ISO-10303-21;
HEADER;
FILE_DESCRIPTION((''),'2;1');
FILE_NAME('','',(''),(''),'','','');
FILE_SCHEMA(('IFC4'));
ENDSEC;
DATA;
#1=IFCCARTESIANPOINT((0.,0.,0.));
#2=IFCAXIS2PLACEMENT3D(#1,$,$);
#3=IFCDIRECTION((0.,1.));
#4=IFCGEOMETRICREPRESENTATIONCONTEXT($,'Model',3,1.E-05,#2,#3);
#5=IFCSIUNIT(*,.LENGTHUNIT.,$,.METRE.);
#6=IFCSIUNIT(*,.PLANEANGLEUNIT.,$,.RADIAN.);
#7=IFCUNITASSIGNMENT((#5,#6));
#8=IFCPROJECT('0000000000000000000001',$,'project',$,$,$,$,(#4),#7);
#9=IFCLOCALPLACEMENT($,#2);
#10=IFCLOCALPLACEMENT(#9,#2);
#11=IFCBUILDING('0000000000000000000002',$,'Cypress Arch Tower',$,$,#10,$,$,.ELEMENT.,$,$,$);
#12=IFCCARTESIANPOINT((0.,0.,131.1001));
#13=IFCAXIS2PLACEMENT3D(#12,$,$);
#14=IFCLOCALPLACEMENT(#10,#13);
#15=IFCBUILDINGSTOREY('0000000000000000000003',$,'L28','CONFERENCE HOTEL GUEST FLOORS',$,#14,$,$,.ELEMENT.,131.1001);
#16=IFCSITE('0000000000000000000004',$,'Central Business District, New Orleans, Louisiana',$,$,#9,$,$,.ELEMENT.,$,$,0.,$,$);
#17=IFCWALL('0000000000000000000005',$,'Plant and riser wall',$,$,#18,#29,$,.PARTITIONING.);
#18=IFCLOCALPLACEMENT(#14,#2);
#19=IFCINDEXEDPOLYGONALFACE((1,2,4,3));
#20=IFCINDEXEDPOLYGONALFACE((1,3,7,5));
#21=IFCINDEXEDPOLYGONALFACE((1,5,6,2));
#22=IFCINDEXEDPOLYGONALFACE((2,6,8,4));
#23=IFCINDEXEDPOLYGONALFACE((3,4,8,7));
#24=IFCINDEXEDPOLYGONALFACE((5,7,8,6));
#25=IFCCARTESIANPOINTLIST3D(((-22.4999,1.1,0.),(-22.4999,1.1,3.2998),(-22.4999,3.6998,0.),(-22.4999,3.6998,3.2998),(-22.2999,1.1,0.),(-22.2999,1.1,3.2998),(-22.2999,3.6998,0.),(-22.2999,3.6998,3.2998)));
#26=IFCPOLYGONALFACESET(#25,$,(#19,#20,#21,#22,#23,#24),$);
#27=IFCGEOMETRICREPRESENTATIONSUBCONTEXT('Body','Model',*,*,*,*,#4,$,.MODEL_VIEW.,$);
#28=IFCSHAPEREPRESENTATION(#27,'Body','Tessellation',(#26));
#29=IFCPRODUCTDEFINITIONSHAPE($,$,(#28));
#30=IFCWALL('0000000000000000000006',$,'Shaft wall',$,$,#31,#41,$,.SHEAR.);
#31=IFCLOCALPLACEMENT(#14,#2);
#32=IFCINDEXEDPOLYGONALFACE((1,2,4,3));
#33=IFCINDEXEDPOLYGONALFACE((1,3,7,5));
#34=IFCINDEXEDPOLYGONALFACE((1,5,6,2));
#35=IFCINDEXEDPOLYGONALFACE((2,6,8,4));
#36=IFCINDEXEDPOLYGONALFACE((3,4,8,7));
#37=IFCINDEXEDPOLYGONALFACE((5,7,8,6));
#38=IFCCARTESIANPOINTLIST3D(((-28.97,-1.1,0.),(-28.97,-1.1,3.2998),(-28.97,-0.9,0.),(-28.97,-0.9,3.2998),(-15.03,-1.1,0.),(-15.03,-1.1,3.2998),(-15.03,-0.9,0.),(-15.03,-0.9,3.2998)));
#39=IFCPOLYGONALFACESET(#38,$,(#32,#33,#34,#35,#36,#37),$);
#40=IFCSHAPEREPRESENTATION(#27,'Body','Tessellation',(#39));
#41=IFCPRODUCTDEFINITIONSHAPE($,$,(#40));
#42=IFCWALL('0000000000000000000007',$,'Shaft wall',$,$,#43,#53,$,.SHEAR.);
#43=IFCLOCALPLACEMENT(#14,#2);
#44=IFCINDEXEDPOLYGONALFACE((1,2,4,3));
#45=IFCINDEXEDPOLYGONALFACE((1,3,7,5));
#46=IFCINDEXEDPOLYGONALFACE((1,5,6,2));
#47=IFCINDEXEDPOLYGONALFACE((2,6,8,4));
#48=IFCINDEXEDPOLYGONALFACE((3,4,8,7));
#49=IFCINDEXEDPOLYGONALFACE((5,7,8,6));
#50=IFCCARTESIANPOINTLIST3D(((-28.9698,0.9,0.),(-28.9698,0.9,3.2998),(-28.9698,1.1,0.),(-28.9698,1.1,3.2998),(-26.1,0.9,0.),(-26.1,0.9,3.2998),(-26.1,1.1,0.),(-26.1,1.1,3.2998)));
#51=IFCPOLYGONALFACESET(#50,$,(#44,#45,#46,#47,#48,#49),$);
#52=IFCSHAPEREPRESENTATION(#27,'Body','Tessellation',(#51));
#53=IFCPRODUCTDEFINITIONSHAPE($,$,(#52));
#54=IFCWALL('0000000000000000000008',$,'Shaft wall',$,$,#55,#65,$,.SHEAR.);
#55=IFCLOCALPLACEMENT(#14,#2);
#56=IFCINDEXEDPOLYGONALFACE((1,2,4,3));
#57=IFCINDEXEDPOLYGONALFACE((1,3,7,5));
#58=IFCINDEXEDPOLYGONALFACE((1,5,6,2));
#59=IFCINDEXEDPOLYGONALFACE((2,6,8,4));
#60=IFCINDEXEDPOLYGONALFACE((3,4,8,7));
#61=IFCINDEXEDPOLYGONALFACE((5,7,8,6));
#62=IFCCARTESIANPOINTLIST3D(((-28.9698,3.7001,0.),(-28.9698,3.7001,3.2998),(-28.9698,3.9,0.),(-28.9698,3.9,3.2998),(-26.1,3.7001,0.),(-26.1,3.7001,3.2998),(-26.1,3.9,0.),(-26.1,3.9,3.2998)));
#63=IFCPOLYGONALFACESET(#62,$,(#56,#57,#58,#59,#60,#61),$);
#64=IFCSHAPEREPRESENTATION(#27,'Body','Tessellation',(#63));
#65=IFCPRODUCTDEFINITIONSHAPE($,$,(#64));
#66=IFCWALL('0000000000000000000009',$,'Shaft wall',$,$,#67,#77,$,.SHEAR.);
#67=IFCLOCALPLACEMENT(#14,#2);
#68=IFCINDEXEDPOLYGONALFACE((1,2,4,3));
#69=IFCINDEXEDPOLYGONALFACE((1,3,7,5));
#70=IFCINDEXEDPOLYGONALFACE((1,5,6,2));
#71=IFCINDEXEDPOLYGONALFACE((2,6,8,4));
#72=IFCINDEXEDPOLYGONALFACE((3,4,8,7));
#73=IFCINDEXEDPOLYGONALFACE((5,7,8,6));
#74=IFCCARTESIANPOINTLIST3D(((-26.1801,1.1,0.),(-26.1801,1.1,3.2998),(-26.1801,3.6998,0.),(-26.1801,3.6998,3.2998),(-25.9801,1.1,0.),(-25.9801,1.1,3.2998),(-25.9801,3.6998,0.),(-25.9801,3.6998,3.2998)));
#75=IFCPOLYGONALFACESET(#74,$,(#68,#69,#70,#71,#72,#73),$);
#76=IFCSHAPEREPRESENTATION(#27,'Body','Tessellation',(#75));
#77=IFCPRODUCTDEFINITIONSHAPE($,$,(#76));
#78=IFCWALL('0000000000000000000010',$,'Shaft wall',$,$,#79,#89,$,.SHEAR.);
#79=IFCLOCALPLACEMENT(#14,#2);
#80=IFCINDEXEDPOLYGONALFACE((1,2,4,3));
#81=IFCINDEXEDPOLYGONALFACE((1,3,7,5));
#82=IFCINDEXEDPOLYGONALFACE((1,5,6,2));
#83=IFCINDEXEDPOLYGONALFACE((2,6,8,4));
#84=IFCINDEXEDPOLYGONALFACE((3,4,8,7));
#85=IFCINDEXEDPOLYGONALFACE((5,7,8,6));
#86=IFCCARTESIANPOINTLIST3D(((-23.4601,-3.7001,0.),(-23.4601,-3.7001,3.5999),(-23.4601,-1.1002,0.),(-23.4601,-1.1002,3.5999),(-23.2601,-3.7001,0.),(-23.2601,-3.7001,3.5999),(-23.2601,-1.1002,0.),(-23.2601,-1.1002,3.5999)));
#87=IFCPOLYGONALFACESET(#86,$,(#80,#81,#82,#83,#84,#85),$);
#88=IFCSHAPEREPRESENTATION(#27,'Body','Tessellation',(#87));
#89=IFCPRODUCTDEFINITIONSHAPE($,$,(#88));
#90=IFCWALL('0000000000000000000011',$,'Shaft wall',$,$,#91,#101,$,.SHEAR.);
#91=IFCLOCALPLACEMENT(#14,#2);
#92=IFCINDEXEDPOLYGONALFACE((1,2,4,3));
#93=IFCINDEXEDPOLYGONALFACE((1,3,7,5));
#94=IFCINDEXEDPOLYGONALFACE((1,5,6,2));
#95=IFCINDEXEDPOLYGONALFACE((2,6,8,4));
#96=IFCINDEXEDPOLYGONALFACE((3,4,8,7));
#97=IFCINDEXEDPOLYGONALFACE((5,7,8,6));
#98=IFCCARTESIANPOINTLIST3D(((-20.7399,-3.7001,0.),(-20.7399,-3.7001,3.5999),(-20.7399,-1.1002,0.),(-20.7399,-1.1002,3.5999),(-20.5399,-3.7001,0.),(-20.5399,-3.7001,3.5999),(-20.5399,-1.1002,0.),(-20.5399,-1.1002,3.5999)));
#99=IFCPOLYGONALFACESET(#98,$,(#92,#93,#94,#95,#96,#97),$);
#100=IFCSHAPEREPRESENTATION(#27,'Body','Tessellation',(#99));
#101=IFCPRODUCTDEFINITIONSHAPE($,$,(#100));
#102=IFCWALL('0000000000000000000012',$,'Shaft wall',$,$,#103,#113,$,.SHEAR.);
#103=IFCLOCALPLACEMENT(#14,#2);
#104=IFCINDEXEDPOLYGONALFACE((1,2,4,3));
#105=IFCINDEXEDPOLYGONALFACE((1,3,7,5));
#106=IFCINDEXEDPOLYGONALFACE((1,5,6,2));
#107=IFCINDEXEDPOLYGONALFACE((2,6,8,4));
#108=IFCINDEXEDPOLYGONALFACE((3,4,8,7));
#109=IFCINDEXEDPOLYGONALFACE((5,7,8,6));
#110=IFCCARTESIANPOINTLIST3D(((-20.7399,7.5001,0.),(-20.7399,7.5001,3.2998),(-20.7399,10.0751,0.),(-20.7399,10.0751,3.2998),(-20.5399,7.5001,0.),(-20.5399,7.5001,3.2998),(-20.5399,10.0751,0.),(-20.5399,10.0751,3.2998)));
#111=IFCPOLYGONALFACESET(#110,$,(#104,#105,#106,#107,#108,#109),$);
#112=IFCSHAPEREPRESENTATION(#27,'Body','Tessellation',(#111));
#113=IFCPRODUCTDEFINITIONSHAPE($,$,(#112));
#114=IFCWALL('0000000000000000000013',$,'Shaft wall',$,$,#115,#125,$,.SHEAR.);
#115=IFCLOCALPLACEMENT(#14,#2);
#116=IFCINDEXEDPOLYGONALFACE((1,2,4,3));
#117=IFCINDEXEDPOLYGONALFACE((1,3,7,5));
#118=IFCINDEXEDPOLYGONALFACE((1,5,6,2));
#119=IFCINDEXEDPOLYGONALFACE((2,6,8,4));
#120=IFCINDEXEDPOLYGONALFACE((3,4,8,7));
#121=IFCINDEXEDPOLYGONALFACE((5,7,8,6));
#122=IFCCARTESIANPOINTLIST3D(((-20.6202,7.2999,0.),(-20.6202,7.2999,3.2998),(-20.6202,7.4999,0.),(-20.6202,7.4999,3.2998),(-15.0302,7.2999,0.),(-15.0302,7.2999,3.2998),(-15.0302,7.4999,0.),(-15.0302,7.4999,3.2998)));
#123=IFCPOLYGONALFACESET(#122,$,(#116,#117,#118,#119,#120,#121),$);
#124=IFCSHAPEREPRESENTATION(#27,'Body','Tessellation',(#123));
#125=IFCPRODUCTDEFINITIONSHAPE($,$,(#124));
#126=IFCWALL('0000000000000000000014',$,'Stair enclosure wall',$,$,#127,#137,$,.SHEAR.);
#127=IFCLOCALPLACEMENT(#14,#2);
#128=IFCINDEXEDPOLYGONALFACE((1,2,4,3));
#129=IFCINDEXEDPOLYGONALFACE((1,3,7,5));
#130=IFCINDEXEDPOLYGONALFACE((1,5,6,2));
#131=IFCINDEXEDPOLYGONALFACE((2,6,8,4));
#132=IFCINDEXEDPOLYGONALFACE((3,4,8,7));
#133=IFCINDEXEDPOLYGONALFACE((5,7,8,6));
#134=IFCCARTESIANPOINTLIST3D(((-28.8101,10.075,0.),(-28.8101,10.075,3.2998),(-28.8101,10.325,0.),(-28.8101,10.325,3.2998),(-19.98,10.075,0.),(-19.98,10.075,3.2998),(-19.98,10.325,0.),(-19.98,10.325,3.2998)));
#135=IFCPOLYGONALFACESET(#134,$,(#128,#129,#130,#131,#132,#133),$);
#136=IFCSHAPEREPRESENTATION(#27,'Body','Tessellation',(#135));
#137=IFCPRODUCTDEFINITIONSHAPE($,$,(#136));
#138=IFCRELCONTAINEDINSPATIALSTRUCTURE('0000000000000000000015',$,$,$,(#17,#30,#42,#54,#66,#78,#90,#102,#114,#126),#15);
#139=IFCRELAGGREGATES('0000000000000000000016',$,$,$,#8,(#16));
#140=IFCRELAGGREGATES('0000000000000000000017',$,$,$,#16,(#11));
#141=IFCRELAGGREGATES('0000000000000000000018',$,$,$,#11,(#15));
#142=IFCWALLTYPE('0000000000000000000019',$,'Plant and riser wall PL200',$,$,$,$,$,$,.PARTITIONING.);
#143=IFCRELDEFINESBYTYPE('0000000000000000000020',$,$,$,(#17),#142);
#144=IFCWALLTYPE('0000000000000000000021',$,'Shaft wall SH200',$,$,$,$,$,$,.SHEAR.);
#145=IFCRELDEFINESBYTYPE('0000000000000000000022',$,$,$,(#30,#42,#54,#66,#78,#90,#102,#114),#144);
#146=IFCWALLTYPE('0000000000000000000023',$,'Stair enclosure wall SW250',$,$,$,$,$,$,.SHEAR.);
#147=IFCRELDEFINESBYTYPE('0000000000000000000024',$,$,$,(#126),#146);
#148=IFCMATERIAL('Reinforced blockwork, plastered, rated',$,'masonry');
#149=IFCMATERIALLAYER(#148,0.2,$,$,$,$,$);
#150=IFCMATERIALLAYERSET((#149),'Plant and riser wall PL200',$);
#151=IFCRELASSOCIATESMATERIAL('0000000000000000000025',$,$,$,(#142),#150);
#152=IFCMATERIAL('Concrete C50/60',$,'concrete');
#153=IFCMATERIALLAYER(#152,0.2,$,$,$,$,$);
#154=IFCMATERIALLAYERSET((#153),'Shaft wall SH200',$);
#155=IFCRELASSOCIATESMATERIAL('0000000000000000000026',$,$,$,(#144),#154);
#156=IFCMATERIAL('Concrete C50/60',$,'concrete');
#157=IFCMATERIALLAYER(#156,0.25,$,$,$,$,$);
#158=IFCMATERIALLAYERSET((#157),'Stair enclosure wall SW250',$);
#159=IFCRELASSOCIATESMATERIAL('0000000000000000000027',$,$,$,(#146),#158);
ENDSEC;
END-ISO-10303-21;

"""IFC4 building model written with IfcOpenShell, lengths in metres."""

from ifc_helpers import new_model, si_unit, direction, frame, frame_2d, origin, place, context, subcontext, project, spatial, rectangle, extrude, material, layer, layer_set, type_object, element, save


model = new_model("IFC4")

# Units and contexts
model_context = context("Model", 3, precision=1e-05, world=origin(), true_north=direction((0.0, 1.0)))
body_context = subcontext(model_context, "Body", "Model", "MODEL_VIEW")
ifc_project = project(units=[si_unit("LENGTHUNIT", "METRE"), si_unit("PLANEANGLEUNIT", "RADIAN")], contexts=[model_context])

# Site, building, storey
site_placement = place(None, origin())
site = spatial("IfcSite", under=ifc_project, at=site_placement, Name="Central Business District, New Orleans, Louisiana", CompositionType="ELEMENT", RefElevation=0.0)
building_placement = place(site_placement, origin())
building = spatial("IfcBuilding", under=site, at=building_placement, Name="Cypress Arch Tower", CompositionType="ELEMENT")
storey_placement = place(building_placement, frame((0.0, 0.0, 131.1001)))
storey = spatial("IfcBuildingStorey", under=building, at=storey_placement, Name="L28", Description="CONFERENCE HOTEL GUEST FLOORS", CompositionType="ELEMENT", Elevation=131.1001)

# Shared definitions
ifc_material_1 = material(Name="Reinforced blockwork, plastered, rated", Category="masonry")
ifc_layer_1 = layer(ifc_material_1, 0.2)
ifc_layer_set_1 = layer_set([ifc_layer_1], Name="Plant and riser wall PL200")
wall_type_1 = type_object("IfcWallType", Name="Plant and riser wall PL200", PredefinedType="PARTITIONING", material=ifc_layer_set_1)

# Walls
wall_1_placement = place(storey_placement, frame((-22.3999, 1.1001, 0.0), z_axis=(0.0, 0.0, 1.0), x_axis=(0.0, 1.0, 0.0)))
element("IfcWall", 1, at=wall_1_placement, inside=storey, type_object=wall_type_1, Name="Plant and riser wall", PredefinedType="PARTITIONING", context=body_context, shape_type="SweptSolid", body=[
    extrude(rectangle(XDim=2.5999, YDim=0.2, at=frame_2d((1.2998, 0.0))), origin(), (0.0, 0.0, 1.0), 3.2998),
])
ifc_material_2 = material(Name="Concrete C50/60", Category="concrete")
ifc_layer_2 = layer(ifc_material_2, 0.2)
ifc_layer_set_2 = layer_set([ifc_layer_2], Name="Shaft wall SH200")
wall_type_2 = type_object("IfcWallType", Name="Shaft wall SH200", PredefinedType="SHEAR", material=ifc_layer_set_2)
wall_2_placement = place(storey_placement, frame((-28.97, -1.0, 0.0), z_axis=(0.0, 0.0, 1.0), x_axis=(1.0, 0.0, 0.0)))
element("IfcWall", 2, at=wall_2_placement, inside=storey, type_object=wall_type_2, Name="Shaft wall", PredefinedType="SHEAR", context=body_context, shape_type="SweptSolid", body=[
    extrude(rectangle(XDim=13.9399, YDim=0.2, at=frame_2d((6.97, 0.0))), origin(), (0.0, 0.0, 1.0), 3.2998),
])
for number, where, z_axis, x_axis, name in (
    (3, (-28.97, 1.0, 0.0), (0.0, 0.0, 1.0), (1.0, 0.0, 0.0), "Shaft wall"),
    (4, (-28.97, 3.8, 0.0), (0.0, 0.0, 1.0), (1.0, 0.0, 0.0), "Shaft wall"),
):
    element("IfcWall", number, at=place(storey_placement, frame(where, z_axis=z_axis, x_axis=x_axis)), inside=storey, type_object=wall_type_2, Name=name, PredefinedType="SHEAR", context=body_context, shape_type="SweptSolid", body=[
        extrude(rectangle(XDim=2.8699, YDim=0.2, at=frame_2d((1.4351, 0.0))), origin(), (0.0, 0.0, 1.0), 3.2998),
    ])
wall_3_placement = place(storey_placement, frame((-26.0801, 1.1001, 0.0), z_axis=(0.0, 0.0, 1.0), x_axis=(0.0, 1.0, 0.0)))
element("IfcWall", 5, at=wall_3_placement, inside=storey, type_object=wall_type_2, Name="Shaft wall", PredefinedType="SHEAR", context=body_context, shape_type="SweptSolid", body=[
    extrude(rectangle(XDim=2.5999, YDim=0.2, at=frame_2d((1.2998, 0.0))), origin(), (0.0, 0.0, 1.0), 3.2998),
])
for number, where, z_axis, x_axis, name in (
    (6, (-23.3601, -3.7, 0.0), (0.0, 0.0, 1.0), (0.0, 1.0, 0.0), "Shaft wall"),
    (7, (-20.6399, -3.7, 0.0), (0.0, 0.0, 1.0), (0.0, 1.0, 0.0), "Shaft wall"),
):
    element("IfcWall", number, at=place(storey_placement, frame(where, z_axis=z_axis, x_axis=x_axis)), inside=storey, type_object=wall_type_2, Name=name, PredefinedType="SHEAR", context=body_context, shape_type="SweptSolid", body=[
        extrude(rectangle(XDim=2.5999, YDim=0.2, at=frame_2d((1.2998, 0.0))), origin(), (0.0, 0.0, 1.0), 3.5999),
    ])
wall_4_placement = place(storey_placement, frame((-20.6399, 7.5, 0.0), z_axis=(0.0, 0.0, 1.0), x_axis=(0.0, 1.0, 0.0)))
element("IfcWall", 8, at=wall_4_placement, inside=storey, type_object=wall_type_2, Name="Shaft wall", PredefinedType="SHEAR", context=body_context, shape_type="SweptSolid", body=[
    extrude(rectangle(XDim=2.575, YDim=0.2, at=frame_2d((1.2876, 0.0))), origin(), (0.0, 0.0, 1.0), 3.2998),
])
wall_5_placement = place(storey_placement, frame((-20.6201, 7.3999, 0.0), z_axis=(0.0, 0.0, 1.0), x_axis=(1.0, 0.0, 0.0)))
element("IfcWall", 9, at=wall_5_placement, inside=storey, type_object=wall_type_2, Name="Shaft wall", PredefinedType="SHEAR", context=body_context, shape_type="SweptSolid", body=[
    extrude(rectangle(XDim=5.5901, YDim=0.2, at=frame_2d((2.7949, 0.0))), origin(), (0.0, 0.0, 1.0), 3.2998),
])
ifc_material_3 = material(Name="Concrete C50/60", Category="concrete")
ifc_layer_3 = layer(ifc_material_3, 0.25)
ifc_layer_set_3 = layer_set([ifc_layer_3], Name="Stair enclosure wall SW250")
wall_type_3 = type_object("IfcWallType", Name="Stair enclosure wall SW250", PredefinedType="SHEAR", material=ifc_layer_set_3)
wall_6_placement = place(storey_placement, frame((-28.8101, 10.2, 0.0), z_axis=(0.0, 0.0, 1.0), x_axis=(1.0, 0.0, 0.0)))
element("IfcWall", 10, at=wall_6_placement, inside=storey, type_object=wall_type_3, Name="Stair enclosure wall", PredefinedType="SHEAR", context=body_context, shape_type="SweptSolid", body=[
    extrude(rectangle(XDim=8.8301, YDim=0.25, at=frame_2d((4.415, 0.0))), origin(), (0.0, 0.0, 1.0), 3.2998),
])

save(model, "model.ifc")
